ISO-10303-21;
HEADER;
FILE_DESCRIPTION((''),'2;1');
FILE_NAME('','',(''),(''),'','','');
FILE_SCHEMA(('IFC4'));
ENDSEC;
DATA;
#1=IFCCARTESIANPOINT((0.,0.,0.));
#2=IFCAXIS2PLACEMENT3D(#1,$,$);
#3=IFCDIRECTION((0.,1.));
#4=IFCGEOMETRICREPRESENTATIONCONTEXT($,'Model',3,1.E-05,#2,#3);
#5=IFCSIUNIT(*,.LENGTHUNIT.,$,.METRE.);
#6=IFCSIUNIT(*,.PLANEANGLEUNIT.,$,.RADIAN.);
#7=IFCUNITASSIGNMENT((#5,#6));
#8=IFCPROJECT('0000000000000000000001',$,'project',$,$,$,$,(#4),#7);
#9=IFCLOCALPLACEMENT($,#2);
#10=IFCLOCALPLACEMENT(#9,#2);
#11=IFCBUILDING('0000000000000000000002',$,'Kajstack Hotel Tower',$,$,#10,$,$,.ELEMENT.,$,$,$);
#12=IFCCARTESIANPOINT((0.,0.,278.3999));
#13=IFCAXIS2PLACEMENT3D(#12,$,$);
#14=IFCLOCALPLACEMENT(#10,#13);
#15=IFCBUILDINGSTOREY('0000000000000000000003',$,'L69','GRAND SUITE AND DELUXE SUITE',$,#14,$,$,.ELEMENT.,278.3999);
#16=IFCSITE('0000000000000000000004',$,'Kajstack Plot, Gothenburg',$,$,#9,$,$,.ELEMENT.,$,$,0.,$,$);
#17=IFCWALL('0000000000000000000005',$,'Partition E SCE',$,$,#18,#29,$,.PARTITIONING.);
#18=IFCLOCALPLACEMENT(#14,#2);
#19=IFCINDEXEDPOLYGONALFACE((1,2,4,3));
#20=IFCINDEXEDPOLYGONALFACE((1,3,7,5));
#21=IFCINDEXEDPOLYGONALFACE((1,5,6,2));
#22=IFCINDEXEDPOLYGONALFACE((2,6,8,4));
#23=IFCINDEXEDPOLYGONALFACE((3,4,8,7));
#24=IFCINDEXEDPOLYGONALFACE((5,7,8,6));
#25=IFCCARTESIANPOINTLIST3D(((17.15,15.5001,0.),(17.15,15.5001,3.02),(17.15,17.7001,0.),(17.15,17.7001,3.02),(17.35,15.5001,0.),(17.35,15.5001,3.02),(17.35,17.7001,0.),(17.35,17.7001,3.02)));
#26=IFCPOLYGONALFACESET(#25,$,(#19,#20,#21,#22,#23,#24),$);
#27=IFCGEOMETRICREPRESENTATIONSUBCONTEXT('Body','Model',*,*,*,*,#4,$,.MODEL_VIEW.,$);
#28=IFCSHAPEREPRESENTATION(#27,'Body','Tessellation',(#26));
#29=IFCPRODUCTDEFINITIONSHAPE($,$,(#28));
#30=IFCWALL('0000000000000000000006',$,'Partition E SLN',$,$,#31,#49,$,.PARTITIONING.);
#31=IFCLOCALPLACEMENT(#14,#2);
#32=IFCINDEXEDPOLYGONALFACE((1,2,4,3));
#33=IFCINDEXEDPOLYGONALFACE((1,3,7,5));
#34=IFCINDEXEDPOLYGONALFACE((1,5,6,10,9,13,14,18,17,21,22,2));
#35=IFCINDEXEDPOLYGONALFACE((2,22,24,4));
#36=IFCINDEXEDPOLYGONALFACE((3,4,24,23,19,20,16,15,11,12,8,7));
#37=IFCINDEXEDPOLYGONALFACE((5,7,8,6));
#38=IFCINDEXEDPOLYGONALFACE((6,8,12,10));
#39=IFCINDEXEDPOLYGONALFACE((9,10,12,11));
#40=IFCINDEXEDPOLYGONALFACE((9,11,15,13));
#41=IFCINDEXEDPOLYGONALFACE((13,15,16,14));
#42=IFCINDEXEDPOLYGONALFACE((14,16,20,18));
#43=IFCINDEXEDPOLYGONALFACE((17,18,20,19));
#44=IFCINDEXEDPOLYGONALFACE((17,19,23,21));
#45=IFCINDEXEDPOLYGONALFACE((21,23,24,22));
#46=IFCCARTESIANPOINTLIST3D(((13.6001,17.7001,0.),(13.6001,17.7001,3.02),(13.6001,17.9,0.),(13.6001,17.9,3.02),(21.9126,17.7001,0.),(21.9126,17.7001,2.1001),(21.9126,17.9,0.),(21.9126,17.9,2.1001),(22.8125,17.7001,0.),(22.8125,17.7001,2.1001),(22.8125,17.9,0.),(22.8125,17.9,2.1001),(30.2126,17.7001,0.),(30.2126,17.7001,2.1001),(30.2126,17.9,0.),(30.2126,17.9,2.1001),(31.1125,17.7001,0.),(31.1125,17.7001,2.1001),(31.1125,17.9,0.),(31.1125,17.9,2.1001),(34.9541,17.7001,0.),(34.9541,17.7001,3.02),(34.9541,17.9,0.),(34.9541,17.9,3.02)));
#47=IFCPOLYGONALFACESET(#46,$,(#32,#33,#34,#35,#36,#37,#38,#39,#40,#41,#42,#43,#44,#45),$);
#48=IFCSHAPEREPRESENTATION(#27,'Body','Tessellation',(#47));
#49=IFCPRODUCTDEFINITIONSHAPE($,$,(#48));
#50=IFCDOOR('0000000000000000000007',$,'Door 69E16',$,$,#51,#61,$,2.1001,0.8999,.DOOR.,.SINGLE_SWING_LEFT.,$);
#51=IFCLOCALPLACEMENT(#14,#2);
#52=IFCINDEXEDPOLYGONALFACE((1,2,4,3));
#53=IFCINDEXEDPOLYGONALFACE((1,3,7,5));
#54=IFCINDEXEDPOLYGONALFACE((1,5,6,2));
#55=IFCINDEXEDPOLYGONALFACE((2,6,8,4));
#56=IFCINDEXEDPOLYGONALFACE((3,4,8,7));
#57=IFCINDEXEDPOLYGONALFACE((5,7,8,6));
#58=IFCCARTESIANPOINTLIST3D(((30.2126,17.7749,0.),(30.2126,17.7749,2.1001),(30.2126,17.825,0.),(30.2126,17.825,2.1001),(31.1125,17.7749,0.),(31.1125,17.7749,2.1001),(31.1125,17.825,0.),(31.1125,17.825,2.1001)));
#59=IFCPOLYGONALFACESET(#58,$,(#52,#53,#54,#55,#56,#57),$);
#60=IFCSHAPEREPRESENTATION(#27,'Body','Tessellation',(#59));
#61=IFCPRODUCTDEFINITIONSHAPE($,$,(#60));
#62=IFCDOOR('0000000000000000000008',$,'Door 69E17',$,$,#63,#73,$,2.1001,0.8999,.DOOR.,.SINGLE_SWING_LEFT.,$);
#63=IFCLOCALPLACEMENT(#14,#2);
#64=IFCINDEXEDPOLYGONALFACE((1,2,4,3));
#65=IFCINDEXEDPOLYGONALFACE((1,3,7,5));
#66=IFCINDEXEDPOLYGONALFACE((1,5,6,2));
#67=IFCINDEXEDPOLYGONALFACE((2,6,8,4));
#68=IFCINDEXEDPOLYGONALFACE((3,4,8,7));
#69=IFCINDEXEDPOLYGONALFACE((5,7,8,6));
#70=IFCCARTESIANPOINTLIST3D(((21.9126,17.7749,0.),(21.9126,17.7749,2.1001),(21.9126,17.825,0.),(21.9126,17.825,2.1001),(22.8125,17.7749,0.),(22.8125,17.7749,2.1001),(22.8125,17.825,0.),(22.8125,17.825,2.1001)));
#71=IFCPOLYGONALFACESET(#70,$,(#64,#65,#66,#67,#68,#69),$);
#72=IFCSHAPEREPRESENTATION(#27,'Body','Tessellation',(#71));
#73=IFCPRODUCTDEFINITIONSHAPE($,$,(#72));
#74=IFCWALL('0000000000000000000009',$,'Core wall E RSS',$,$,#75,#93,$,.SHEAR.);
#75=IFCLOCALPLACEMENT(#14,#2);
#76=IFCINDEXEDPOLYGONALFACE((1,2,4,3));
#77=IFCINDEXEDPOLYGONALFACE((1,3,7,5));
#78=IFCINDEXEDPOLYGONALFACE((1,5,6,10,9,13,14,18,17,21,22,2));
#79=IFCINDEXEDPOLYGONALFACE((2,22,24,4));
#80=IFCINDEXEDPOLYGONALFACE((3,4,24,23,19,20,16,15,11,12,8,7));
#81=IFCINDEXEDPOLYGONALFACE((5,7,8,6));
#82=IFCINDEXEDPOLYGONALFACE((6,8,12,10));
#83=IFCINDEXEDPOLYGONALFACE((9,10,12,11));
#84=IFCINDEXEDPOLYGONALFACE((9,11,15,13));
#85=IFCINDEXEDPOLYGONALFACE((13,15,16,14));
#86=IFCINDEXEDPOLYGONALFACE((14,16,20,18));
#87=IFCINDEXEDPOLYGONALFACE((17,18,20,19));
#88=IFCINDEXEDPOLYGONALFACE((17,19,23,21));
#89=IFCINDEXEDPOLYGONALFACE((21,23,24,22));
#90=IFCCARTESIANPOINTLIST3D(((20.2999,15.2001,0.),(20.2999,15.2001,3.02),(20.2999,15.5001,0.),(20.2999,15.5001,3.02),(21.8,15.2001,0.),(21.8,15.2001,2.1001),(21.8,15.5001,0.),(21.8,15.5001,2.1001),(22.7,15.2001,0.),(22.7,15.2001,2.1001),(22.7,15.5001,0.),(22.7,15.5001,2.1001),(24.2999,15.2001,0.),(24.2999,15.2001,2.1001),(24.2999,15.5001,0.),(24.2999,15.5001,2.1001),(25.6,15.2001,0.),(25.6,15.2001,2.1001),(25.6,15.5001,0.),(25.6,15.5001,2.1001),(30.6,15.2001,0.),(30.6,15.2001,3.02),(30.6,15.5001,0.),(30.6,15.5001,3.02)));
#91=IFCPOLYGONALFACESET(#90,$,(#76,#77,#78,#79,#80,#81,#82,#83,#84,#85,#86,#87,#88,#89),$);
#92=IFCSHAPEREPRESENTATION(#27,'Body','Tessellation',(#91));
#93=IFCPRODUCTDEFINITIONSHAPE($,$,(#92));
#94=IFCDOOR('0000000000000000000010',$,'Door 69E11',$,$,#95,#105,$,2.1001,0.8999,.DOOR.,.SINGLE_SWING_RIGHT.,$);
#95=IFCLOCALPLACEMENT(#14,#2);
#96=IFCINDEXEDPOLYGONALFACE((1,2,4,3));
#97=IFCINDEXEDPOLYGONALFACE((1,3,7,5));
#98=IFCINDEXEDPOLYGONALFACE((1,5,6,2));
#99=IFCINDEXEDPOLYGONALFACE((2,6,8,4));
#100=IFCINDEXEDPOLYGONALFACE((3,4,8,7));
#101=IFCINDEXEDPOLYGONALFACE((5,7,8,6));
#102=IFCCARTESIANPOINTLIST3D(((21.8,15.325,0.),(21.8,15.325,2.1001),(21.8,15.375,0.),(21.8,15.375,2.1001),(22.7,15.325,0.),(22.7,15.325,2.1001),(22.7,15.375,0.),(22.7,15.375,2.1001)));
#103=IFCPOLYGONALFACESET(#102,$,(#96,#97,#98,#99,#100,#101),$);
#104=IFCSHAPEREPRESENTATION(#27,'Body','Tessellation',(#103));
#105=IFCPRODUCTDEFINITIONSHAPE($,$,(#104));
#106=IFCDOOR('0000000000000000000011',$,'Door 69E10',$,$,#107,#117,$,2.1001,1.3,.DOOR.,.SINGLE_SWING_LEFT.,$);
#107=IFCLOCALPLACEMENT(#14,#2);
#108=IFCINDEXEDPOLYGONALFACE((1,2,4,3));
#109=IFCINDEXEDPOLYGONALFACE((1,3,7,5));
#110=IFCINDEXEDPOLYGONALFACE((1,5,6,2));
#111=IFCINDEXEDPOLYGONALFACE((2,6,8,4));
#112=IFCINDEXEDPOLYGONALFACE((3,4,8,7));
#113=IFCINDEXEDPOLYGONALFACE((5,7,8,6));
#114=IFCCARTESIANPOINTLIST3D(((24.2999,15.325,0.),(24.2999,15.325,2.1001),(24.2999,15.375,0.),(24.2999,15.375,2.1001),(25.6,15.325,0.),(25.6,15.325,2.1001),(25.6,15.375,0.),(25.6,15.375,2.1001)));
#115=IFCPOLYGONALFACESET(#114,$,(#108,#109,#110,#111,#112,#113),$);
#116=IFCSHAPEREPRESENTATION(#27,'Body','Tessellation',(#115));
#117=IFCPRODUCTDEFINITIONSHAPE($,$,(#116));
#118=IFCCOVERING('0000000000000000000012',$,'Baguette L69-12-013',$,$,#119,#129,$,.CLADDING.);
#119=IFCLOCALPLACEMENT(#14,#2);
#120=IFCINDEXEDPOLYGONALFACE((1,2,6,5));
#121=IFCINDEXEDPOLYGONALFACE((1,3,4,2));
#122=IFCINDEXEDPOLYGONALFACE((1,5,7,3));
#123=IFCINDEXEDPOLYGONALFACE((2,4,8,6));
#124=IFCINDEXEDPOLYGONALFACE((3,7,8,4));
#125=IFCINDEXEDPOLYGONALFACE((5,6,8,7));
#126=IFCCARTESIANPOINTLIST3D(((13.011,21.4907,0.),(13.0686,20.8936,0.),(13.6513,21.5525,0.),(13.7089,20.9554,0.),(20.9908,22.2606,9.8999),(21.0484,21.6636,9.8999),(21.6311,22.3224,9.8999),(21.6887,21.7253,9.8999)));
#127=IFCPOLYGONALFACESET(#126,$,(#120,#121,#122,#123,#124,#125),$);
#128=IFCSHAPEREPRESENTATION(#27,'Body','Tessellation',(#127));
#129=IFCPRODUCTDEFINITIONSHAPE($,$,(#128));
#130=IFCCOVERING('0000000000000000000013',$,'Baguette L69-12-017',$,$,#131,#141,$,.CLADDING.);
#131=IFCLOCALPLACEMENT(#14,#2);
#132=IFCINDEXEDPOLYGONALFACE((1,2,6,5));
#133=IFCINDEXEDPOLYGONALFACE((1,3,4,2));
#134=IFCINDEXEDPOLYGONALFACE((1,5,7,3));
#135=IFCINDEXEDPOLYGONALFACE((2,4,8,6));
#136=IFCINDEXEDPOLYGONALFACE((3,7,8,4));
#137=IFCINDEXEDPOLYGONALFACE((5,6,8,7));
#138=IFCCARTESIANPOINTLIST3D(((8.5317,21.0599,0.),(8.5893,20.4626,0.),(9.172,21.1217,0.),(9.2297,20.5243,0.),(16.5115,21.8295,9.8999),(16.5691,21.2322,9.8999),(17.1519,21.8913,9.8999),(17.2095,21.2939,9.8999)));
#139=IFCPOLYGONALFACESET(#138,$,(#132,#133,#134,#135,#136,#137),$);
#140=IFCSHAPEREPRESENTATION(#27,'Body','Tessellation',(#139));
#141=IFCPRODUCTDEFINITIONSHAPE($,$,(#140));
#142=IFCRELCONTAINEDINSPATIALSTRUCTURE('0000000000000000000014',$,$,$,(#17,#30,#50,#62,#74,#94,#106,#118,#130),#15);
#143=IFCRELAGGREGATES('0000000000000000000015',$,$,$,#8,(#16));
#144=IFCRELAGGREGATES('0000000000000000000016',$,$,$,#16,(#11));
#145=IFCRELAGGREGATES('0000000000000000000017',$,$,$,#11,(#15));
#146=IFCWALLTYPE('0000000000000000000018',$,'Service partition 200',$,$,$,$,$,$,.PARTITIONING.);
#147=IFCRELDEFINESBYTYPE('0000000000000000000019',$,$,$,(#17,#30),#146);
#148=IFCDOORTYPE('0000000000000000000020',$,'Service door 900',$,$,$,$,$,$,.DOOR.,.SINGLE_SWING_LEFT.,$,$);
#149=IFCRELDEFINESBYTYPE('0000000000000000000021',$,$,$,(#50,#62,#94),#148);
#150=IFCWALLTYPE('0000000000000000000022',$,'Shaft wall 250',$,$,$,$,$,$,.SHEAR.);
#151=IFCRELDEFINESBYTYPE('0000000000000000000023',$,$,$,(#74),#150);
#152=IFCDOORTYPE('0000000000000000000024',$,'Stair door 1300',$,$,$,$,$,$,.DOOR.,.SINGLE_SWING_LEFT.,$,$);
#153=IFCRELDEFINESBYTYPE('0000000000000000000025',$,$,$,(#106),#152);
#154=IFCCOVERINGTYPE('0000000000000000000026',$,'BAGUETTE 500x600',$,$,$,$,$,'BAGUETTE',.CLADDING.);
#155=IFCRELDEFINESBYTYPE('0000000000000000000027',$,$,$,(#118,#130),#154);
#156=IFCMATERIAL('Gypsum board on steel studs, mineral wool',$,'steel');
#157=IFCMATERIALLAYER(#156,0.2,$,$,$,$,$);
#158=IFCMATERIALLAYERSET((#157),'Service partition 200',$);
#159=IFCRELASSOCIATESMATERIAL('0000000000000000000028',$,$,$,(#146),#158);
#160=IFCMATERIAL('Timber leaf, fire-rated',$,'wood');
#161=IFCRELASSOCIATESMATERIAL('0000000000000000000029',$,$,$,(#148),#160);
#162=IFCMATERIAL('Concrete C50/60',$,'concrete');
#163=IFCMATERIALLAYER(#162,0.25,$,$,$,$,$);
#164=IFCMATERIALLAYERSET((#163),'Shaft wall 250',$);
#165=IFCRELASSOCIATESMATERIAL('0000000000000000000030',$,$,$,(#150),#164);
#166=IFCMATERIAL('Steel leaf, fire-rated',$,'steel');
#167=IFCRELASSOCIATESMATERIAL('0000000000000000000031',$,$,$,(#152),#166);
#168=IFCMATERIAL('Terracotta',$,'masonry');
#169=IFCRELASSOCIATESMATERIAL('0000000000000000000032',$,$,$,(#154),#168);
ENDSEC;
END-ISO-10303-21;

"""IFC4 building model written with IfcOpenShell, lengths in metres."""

from ifc_helpers import new_model, si_unit, direction, frame, frame_2d, origin, origin_2d, place, context, subcontext, project, spatial, polyline, rectangle, outline, extrude, material, layer, layer_set, material_profile, profile_set, type_object, element, fill, save


model = new_model("IFC4")

# Units and contexts
model_context = context("Model", 3, precision=1e-05, world=origin(), true_north=direction((0.0, 1.0)))
body_context = subcontext(model_context, "Body", "Model", "MODEL_VIEW")
ifc_project = project(units=[si_unit("LENGTHUNIT", "METRE"), si_unit("PLANEANGLEUNIT", "RADIAN")], contexts=[model_context])

# Site, building, storey
site_placement = place(None, origin())
site = spatial("IfcSite", under=ifc_project, at=site_placement, Name="Kajstack Plot, Gothenburg", CompositionType="ELEMENT", RefElevation=0.0)
building_placement = place(site_placement, origin())
building = spatial("IfcBuilding", under=site, at=building_placement, Name="Kajstack Hotel Tower", CompositionType="ELEMENT")
storey_placement = place(building_placement, frame((0.0, 0.0, 278.3999)))
storey = spatial("IfcBuildingStorey", under=building, at=storey_placement, Name="L69", Description="GRAND SUITE AND DELUXE SUITE", CompositionType="ELEMENT", Elevation=278.3999)

# Wall
ifc_material_1 = material(Name="Gypsum board on steel studs, mineral wool", Category="steel")
ifc_layer_1 = layer(ifc_material_1, 0.2)
ifc_layer_set_1 = layer_set([ifc_layer_1], Name="Service partition 200")
wall_type_1 = type_object("IfcWallType", Name="Service partition 200", PredefinedType="PARTITIONING", material=ifc_layer_set_1)
wall_1_placement = place(storey_placement, frame((17.25, 15.5, 0.0), z_axis=(0.0, 0.0, 1.0), x_axis=(0.0, 1.0, 0.0)))
element("IfcWall", 1, at=wall_1_placement, inside=storey, type_object=wall_type_1, Name="Partition E SCE", PredefinedType="PARTITIONING", context=body_context, shape_type="SweptSolid", body=[
    extrude(rectangle(XDim=2.2, YDim=0.2, at=frame_2d((1.1001, 0.0))), origin(), (0.0, 0.0, 1.0), 3.02),
])

# Walls, openings, doors
wall_2_placement = place(storey_placement, frame((13.6001, 17.8, 0.0), z_axis=(0.0, 0.0, 1.0), x_axis=(1.0, 0.0, 0.0)))
wall_2 = element("IfcWall", 2, at=wall_2_placement, inside=storey, type_object=wall_type_1, Name="Partition E SLN", PredefinedType="PARTITIONING", context=body_context, shape_type="SweptSolid", body=[
    extrude(rectangle(XDim=21.354, YDim=0.2, at=frame_2d((10.677, 0.0))), origin(), (0.0, 0.0, 1.0), 3.02),
])
opening_1_placement = place(wall_2_placement, frame((16.6125, 0.0, 0.0)))
opening_1 = element("IfcOpeningElement", 3, at=opening_1_placement, cuts=wall_2, PredefinedType="OPENING", context=body_context, shape_type="SweptSolid", body=[
    extrude(rectangle(XDim=0.8999, YDim=2.1001, at=frame_2d((0.45, 1.05))), frame((0.0, 0.1099, 0.0), z_axis=(0.0, -1.0, 0.0), x_axis=(1.0, 0.0, 0.0)), (0.0, 0.0, 1.0), 0.22),
])
opening_2_placement = place(wall_2_placement, frame((8.3125, 0.0, 0.0)))
opening_2 = element("IfcOpeningElement", 4, at=opening_2_placement, cuts=wall_2, PredefinedType="OPENING", context=body_context, shape_type="SweptSolid", body=[
    extrude(rectangle(XDim=0.8999, YDim=2.1001, at=frame_2d((0.45, 1.05))), frame((0.0, 0.1099, 0.0), z_axis=(0.0, -1.0, 0.0), x_axis=(1.0, 0.0, 0.0)), (0.0, 0.0, 1.0), 0.22),
])
ifc_material_2 = material(Name="Timber leaf, fire-rated", Category="wood")
door_type_1 = type_object("IfcDoorType", Name="Service door 900", OperationType="SINGLE_SWING_LEFT", PredefinedType="DOOR", material=ifc_material_2)
door_1_placement = place(opening_1_placement, origin())
door_1 = element("IfcDoor", 5, at=door_1_placement, inside=storey, type_object=door_type_1, Name="Door 69E16", OperationType="SINGLE_SWING_LEFT", OverallHeight=2.1001, OverallWidth=0.8999, PredefinedType="DOOR", context=body_context, shape_type="SweptSolid", body=[
    extrude(rectangle(XDim=0.8999, YDim=2.1001, at=frame_2d((0.45, 1.05))), frame((0.0, 0.0249, 0.0), z_axis=(0.0, -1.0, 0.0), x_axis=(1.0, 0.0, 0.0)), (0.0, 0.0, 1.0), 0.05),
])
fill(opening_1, door_1)
door_2_placement = place(opening_2_placement, origin())
door_2 = element("IfcDoor", 6, at=door_2_placement, inside=storey, type_object=door_type_1, Name="Door 69E17", OperationType="SINGLE_SWING_LEFT", OverallHeight=2.1001, OverallWidth=0.8999, PredefinedType="DOOR", context=body_context, shape_type="SweptSolid", body=[
    extrude(rectangle(XDim=0.8999, YDim=2.1001, at=frame_2d((0.45, 1.05))), frame((0.0, 0.0249, 0.0), z_axis=(0.0, -1.0, 0.0), x_axis=(1.0, 0.0, 0.0)), (0.0, 0.0, 1.0), 0.05),
])
fill(opening_2, door_2)
ifc_material_3 = material(Name="Concrete C50/60", Category="concrete")
ifc_layer_2 = layer(ifc_material_3, 0.25)
ifc_layer_set_2 = layer_set([ifc_layer_2], Name="Shaft wall 250")
wall_type_2 = type_object("IfcWallType", Name="Shaft wall 250", PredefinedType="SHEAR", material=ifc_layer_set_2)
wall_3_placement = place(storey_placement, frame((20.3, 15.3501, 0.0), z_axis=(0.0, 0.0, 1.0), x_axis=(1.0, 0.0, 0.0)))
wall_3 = element("IfcWall", 7, at=wall_3_placement, inside=storey, type_object=wall_type_2, Name="Core wall E RSS", PredefinedType="SHEAR", context=body_context, shape_type="SweptSolid", body=[
    extrude(rectangle(XDim=10.3, YDim=0.3, at=frame_2d((5.1499, 0.0))), origin(), (0.0, 0.0, 1.0), 3.02),
])
opening_3_placement = place(wall_3_placement, frame((4.0, 0.0, 0.0)))
opening_3 = element("IfcOpeningElement", 8, at=opening_3_placement, cuts=wall_3, PredefinedType="OPENING", context=body_context, shape_type="SweptSolid", body=[
    extrude(rectangle(XDim=1.3, YDim=2.1001, at=frame_2d((0.6499, 1.05))), frame((0.0, 0.1599, 0.0), z_axis=(0.0, -1.0, 0.0), x_axis=(1.0, 0.0, 0.0)), (0.0, 0.0, 1.0), 0.3201),
])
opening_4_placement = place(wall_3_placement, frame((1.5, 0.0, 0.0)))
opening_4 = element("IfcOpeningElement", 9, at=opening_4_placement, cuts=wall_3, PredefinedType="OPENING", context=body_context, shape_type="SweptSolid", body=[
    extrude(rectangle(XDim=0.8999, YDim=2.1001, at=frame_2d((0.45, 1.05))), frame((0.0, 0.1599, 0.0), z_axis=(0.0, -1.0, 0.0), x_axis=(1.0, 0.0, 0.0)), (0.0, 0.0, 1.0), 0.3201),
])
door_3_placement = place(opening_4_placement, origin())
door_3 = element("IfcDoor", 10, at=door_3_placement, inside=storey, type_object=door_type_1, Name="Door 69E11", OperationType="SINGLE_SWING_RIGHT", OverallHeight=2.1001, OverallWidth=0.8999, PredefinedType="DOOR", context=body_context, shape_type="SweptSolid", body=[
    extrude(rectangle(XDim=0.8999, YDim=2.1001, at=frame_2d((0.45, 1.05))), frame((0.0, 0.0249, 0.0), z_axis=(0.0, -1.0, 0.0), x_axis=(1.0, 0.0, 0.0)), (0.0, 0.0, 1.0), 0.05),
])
fill(opening_4, door_3)
ifc_material_4 = material(Name="Steel leaf, fire-rated", Category="steel")
door_type_2 = type_object("IfcDoorType", Name="Stair door 1300", OperationType="SINGLE_SWING_LEFT", PredefinedType="DOOR", material=ifc_material_4)
door_4_placement = place(opening_3_placement, origin())
door_4 = element("IfcDoor", 11, at=door_4_placement, inside=storey, type_object=door_type_2, Name="Door 69E10", OperationType="SINGLE_SWING_LEFT", OverallHeight=2.1001, OverallWidth=1.3, PredefinedType="DOOR", context=body_context, shape_type="SweptSolid", body=[
    extrude(rectangle(XDim=1.3, YDim=2.1001, at=frame_2d((0.6499, 1.05))), frame((0.0, 0.0249, 0.0), z_axis=(0.0, -1.0, 0.0), x_axis=(1.0, 0.0, 0.0)), (0.0, 0.0, 1.0), 0.05),
])
fill(opening_3, door_4)

# Coverings
ifc_material_5 = material(Name="Terracotta", Category="masonry")
ifc_material_profile = material_profile(ifc_material_5, rectangle(XDim=0.6001, YDim=0.5, at=origin_2d()), Name="Terracotta-clad concrete baguette 500 x 600")
ifc_profile_set = profile_set([ifc_material_profile], Name="Terracotta")
covering_type = type_object("IfcCoveringType", Name="BAGUETTE 500x600", ElementType="BAGUETTE", PredefinedType="CLADDING", material=ifc_profile_set)
covering_1_placement = place(storey_placement, frame((21.6887, 21.7253, 0.0), z_axis=(-0.096038, 0.995378, 0.0), x_axis=(-0.995378, -0.096038, 0.0)))
element("IfcCovering", 12, at=covering_1_placement, inside=storey, type_object=covering_type, Name="Baguette L69-12-013", PredefinedType="CLADDING", context=body_context, shape_type="SweptSolid", body=[
    extrude(outline(polyline([(0.0, 9.8999), (8.0168, 0.0), (8.6602, 0.0), (0.6433, 9.8999), (0.0, 9.8999)])), origin(), (0.0, 0.0, 1.0), 0.5999),
])
covering_2_placement = place(storey_placement, frame((17.2095, 21.2939, 0.0), z_axis=(-0.095999, 0.995381, 0.0), x_axis=(-0.995381, -0.095999, 0.0)))
element("IfcCovering", 13, at=covering_2_placement, inside=storey, type_object=covering_type, Name="Baguette L69-12-017", PredefinedType="CLADDING", context=body_context, shape_type="SweptSolid", body=[
    extrude(outline(polyline([(0.0, 9.8999), (8.0168, 0.0), (8.6602, 0.0), (0.6433, 9.8999), (0.0, 9.8999)])), origin(), (0.0, 0.0, 1.0), 0.6001),
])

save(model, "model.ifc")
